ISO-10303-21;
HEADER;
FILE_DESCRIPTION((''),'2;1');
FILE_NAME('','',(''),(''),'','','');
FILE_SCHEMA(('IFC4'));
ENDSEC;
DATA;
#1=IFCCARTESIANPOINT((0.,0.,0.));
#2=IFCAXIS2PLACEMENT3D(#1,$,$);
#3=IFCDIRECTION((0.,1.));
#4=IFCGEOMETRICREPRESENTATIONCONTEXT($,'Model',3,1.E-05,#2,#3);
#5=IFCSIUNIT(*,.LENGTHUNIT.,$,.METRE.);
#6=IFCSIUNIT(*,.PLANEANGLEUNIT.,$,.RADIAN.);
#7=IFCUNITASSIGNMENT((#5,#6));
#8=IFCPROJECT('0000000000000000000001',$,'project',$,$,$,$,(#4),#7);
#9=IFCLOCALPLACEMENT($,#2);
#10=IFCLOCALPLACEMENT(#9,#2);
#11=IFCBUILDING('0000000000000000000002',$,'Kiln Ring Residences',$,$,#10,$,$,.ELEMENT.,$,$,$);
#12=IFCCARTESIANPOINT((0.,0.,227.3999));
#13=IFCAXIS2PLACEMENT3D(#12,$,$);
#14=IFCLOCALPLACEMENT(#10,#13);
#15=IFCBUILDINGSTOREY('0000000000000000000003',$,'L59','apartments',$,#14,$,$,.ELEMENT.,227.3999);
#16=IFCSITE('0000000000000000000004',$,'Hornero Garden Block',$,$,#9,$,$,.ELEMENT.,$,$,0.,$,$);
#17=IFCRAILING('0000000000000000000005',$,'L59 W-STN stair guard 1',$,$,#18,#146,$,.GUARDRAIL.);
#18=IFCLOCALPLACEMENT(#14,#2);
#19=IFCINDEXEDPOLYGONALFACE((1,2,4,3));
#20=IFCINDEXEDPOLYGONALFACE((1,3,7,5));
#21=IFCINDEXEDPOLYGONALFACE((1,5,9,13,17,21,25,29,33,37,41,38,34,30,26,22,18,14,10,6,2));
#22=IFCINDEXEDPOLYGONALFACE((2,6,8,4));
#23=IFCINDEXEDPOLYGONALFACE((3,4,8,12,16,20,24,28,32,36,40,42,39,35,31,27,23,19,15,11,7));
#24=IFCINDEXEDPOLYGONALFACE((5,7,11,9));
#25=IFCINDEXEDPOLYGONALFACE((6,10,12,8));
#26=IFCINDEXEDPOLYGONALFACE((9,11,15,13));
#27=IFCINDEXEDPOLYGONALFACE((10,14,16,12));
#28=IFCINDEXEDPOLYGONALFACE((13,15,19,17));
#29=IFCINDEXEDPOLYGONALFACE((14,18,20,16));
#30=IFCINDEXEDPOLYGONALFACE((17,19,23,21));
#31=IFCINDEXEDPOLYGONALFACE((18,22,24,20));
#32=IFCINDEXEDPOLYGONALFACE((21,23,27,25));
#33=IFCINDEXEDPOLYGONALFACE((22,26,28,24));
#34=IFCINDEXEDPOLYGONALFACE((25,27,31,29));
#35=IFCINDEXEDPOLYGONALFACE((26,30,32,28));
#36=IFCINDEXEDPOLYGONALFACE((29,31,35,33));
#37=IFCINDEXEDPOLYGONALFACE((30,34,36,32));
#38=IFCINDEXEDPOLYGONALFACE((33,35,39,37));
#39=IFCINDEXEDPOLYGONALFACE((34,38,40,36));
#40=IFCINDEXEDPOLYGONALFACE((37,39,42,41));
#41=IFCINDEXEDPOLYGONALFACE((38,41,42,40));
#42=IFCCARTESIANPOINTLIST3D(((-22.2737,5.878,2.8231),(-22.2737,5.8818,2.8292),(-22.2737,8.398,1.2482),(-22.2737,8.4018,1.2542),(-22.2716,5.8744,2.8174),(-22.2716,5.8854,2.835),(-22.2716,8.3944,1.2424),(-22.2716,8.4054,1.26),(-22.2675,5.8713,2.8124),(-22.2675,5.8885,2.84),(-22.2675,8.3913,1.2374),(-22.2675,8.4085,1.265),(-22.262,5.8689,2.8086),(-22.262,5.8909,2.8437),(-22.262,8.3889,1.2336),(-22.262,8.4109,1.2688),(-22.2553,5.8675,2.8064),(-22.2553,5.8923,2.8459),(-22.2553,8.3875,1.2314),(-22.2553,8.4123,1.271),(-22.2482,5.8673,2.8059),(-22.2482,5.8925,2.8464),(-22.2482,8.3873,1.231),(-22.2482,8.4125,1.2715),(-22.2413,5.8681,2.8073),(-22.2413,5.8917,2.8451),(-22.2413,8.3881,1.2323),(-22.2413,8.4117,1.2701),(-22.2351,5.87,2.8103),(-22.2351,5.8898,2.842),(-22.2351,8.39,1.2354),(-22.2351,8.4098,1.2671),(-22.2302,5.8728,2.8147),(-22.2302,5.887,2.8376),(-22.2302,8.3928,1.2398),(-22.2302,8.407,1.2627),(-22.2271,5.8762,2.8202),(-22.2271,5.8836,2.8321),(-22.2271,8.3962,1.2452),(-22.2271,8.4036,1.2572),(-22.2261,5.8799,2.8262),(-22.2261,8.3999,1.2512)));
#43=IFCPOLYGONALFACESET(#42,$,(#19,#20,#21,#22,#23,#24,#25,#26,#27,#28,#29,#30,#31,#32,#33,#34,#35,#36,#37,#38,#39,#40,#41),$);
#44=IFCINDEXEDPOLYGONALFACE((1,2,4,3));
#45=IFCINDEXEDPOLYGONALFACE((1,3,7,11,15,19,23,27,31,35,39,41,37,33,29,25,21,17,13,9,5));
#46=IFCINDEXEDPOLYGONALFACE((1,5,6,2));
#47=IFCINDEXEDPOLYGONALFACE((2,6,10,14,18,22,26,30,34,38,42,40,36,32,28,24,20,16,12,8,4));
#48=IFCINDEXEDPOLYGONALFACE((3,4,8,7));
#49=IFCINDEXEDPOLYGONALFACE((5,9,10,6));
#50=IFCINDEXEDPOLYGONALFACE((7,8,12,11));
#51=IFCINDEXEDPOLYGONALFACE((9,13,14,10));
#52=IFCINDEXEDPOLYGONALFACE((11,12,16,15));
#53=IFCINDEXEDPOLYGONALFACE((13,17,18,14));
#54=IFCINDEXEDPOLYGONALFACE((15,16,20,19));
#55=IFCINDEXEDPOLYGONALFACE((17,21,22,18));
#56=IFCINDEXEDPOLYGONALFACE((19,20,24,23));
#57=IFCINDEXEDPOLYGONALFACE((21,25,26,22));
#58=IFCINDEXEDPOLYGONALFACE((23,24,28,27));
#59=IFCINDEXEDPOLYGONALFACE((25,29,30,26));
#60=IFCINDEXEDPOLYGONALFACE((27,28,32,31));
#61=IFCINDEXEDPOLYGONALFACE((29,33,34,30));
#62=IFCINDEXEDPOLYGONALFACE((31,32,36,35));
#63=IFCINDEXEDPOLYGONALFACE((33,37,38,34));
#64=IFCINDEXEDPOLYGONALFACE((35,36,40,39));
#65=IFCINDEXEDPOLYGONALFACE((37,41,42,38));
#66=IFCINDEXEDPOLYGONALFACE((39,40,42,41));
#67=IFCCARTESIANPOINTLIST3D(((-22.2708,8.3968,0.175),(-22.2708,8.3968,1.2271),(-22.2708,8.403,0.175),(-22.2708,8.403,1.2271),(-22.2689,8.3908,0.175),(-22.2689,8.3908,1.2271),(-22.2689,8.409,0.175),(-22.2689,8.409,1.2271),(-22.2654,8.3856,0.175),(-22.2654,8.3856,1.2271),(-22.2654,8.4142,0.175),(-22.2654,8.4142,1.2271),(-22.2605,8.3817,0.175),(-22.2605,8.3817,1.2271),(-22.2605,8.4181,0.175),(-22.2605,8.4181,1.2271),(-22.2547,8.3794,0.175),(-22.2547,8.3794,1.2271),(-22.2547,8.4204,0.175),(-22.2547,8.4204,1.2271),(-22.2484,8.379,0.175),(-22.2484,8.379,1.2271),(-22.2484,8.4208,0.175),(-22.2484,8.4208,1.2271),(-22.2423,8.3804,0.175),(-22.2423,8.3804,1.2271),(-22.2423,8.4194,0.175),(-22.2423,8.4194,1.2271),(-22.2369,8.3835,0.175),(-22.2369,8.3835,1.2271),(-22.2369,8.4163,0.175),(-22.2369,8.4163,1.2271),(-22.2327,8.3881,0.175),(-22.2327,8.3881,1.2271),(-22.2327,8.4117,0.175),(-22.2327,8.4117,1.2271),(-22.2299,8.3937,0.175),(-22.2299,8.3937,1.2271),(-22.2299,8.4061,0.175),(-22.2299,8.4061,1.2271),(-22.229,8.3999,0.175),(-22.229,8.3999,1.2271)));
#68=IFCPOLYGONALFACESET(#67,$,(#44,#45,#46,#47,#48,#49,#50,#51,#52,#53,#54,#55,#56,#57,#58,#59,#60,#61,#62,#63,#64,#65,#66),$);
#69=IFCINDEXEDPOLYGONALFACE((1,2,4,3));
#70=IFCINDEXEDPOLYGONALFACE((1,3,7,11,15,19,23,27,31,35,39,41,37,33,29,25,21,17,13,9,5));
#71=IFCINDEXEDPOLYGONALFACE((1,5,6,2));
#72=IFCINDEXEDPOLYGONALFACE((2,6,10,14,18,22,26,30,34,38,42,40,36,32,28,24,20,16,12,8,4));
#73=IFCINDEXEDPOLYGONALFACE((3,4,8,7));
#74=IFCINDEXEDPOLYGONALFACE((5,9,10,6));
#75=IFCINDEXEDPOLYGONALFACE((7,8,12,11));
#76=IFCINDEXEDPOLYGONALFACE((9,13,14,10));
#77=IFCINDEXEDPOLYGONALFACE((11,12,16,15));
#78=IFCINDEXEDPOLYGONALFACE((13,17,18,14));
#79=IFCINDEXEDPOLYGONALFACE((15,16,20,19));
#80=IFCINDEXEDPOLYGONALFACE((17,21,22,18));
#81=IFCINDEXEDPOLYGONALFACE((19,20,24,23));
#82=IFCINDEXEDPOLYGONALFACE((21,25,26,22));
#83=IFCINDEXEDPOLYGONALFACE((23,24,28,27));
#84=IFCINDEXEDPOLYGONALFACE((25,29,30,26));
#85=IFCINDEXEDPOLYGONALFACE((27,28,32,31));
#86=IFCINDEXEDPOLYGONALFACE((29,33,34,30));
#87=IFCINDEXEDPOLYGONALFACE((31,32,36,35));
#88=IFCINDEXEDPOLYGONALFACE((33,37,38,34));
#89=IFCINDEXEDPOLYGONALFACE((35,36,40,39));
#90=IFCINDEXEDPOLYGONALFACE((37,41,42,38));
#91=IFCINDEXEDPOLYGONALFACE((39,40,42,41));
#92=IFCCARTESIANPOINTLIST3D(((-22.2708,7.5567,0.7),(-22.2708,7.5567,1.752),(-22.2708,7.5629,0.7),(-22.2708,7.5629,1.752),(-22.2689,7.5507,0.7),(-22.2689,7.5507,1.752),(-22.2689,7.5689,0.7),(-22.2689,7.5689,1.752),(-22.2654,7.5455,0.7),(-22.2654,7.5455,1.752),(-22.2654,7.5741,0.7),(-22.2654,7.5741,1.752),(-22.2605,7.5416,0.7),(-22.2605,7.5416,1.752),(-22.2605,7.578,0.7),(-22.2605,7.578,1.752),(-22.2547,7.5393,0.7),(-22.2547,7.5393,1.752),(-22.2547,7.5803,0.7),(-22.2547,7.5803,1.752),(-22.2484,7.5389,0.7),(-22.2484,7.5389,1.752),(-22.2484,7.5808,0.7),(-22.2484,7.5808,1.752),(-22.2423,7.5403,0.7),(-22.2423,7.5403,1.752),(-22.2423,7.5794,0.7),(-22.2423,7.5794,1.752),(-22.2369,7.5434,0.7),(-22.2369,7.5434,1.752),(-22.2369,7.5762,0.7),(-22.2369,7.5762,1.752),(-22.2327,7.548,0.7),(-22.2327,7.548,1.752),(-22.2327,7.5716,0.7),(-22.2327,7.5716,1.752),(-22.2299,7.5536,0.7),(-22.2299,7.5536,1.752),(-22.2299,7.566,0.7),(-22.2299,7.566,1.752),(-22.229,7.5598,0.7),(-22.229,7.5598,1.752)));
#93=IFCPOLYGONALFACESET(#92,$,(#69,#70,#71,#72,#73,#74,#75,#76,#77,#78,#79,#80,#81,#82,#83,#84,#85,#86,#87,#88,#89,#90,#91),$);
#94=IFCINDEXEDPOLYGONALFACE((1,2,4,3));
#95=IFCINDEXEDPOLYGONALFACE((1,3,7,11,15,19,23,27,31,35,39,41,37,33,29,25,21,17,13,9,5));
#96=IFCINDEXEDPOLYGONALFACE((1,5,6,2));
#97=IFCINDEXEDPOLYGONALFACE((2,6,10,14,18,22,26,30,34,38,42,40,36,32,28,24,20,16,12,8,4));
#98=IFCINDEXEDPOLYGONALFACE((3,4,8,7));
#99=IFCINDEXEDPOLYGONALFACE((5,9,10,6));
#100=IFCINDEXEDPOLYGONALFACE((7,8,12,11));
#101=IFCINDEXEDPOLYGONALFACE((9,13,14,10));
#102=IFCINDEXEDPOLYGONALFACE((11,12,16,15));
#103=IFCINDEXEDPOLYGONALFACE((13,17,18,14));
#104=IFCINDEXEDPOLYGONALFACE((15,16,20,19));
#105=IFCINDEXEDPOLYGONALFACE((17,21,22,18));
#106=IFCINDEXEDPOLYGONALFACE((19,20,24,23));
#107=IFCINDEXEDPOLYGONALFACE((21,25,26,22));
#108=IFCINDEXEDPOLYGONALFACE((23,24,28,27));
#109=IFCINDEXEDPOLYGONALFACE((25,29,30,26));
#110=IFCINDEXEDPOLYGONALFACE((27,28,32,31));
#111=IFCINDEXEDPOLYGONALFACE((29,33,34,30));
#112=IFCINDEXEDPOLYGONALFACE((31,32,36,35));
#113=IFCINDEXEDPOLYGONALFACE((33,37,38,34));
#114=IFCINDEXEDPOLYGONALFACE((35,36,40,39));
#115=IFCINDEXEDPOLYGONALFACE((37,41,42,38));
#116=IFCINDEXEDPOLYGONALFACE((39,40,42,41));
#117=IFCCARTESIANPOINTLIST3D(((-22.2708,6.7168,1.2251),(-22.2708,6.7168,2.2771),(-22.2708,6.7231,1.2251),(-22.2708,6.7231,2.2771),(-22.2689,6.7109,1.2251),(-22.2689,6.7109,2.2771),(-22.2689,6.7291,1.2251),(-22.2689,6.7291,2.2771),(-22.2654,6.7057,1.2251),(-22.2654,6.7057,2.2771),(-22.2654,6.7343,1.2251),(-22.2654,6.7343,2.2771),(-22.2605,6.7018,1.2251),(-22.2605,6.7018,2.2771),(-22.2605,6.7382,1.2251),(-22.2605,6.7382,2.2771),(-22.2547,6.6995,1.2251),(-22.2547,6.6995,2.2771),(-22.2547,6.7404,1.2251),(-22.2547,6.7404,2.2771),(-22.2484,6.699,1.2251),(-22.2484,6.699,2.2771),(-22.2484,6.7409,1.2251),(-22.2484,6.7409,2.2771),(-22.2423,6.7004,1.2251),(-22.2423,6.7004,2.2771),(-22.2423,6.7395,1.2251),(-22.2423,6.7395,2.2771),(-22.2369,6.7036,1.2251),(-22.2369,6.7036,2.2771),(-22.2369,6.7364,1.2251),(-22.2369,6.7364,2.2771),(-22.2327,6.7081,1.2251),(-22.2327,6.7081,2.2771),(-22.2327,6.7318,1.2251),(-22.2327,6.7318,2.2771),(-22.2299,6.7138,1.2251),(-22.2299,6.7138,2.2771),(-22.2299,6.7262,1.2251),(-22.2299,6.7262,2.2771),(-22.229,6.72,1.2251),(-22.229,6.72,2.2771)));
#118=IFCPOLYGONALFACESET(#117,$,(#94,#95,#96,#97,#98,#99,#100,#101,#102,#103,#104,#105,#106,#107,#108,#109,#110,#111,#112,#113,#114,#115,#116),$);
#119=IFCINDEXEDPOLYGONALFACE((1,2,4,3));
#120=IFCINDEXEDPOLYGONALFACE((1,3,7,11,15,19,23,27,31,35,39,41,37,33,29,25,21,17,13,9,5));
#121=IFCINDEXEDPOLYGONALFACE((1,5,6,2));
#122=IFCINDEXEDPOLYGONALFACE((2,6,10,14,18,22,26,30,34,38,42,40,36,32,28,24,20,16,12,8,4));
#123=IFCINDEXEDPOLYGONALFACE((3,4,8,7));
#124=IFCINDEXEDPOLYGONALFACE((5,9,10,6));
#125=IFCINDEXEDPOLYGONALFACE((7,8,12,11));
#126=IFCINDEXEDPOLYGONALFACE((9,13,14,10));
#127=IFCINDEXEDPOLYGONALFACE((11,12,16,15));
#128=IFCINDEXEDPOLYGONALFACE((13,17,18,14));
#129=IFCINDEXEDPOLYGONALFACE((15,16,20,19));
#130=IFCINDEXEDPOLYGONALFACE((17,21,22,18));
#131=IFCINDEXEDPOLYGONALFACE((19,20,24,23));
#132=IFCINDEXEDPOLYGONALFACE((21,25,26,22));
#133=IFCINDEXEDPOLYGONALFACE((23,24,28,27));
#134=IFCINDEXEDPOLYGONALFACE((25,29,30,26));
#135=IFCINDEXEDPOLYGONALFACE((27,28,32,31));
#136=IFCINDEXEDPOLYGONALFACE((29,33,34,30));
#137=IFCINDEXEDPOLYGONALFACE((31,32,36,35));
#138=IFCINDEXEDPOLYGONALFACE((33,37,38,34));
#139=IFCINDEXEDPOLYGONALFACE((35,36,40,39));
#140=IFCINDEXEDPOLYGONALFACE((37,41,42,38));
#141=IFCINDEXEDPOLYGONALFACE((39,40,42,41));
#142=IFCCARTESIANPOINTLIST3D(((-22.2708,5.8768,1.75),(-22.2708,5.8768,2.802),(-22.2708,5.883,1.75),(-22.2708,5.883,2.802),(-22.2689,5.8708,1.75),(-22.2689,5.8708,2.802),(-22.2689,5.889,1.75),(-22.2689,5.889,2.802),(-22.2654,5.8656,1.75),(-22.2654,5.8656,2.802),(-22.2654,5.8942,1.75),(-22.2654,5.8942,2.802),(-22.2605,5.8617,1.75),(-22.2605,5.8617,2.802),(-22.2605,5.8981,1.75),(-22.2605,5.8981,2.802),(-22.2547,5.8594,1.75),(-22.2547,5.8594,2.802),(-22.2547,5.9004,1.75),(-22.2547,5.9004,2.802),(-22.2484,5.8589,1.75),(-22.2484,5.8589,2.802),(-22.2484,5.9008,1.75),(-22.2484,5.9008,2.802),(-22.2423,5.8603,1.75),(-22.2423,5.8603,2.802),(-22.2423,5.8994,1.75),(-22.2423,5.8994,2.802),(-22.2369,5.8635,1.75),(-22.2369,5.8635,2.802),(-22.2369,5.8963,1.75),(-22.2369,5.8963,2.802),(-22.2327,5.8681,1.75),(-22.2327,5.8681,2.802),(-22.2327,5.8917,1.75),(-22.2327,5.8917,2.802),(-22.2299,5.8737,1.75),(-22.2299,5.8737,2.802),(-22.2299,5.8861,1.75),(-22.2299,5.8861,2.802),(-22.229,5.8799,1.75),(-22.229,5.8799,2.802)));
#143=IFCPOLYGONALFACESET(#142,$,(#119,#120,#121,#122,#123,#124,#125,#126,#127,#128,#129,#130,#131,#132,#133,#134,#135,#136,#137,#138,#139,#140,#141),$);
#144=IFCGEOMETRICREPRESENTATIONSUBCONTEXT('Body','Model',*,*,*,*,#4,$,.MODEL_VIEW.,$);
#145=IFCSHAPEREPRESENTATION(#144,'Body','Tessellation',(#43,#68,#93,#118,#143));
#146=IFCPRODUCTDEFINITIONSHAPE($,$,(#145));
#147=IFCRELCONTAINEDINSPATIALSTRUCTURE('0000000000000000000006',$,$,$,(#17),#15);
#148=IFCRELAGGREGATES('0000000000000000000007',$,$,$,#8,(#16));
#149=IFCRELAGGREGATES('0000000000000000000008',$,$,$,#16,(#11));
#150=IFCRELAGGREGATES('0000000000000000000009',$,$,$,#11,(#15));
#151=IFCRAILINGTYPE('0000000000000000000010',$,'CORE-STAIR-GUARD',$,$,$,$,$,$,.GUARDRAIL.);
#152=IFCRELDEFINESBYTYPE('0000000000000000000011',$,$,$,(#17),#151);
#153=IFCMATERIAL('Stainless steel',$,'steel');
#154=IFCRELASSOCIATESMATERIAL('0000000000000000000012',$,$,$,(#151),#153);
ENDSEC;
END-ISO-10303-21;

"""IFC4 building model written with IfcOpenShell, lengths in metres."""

from ifc_helpers import new_model, si_unit, direction, frame, origin, origin_2d, place, context, subcontext, project, spatial, circle, extrude, material, type_object, element, save


model = new_model("IFC4")

# Units and contexts
model_context = context("Model", 3, precision=1e-05, world=origin(), true_north=direction((0.0, 1.0)))
body_context = subcontext(model_context, "Body", "Model", "MODEL_VIEW")
ifc_project = project(units=[si_unit("LENGTHUNIT", "METRE"), si_unit("PLANEANGLEUNIT", "RADIAN")], contexts=[model_context])

# Site, building, storey
site_placement = place(None, origin())
site = spatial("IfcSite", under=ifc_project, at=site_placement, Name="Hornero Garden Block", CompositionType="ELEMENT", RefElevation=0.0)
building_placement = place(site_placement, origin())
building = spatial("IfcBuilding", under=site, at=building_placement, Name="Kiln Ring Residences", CompositionType="ELEMENT")
storey_placement = place(building_placement, frame((0.0, 0.0, 227.3999)))
storey = spatial("IfcBuildingStorey", under=building, at=storey_placement, Name="L59", Description="apartments", CompositionType="ELEMENT", Elevation=227.3999)

# Railing
ifc_material_1 = material(Name="Stainless steel", Category="steel")
railing_type = type_object("IfcRailingType", Name="CORE-STAIR-GUARD", PredefinedType="GUARDRAIL", material=ifc_material_1)
railing_1_placement = place(storey_placement, frame((-22.25, 8.3999, 0.175)))
element("IfcRailing", 1, at=railing_1_placement, inside=storey, type_object=railing_type, Name="L59 W-STN stair guard 1", PredefinedType="GUARDRAIL", context=body_context, shape_type="SweptSolid", body=[
    extrude(circle(Radius=0.0239, at=origin_2d()), frame((0.0, 0.0, 1.0762), z_axis=(0.0, -0.848008, 0.529984), x_axis=(1.0, 0.0, 0.0)), (0.0, 0.0, 1.0), 2.9717),
    extrude(circle(Radius=0.021, at=origin_2d()), origin(), (0.0, 0.0, 1.0), 1.052),
    extrude(circle(Radius=0.021, at=origin_2d()), frame((0.0, -0.8401, 0.5249)), (0.0, 0.0, 1.0), 1.052),
    extrude(circle(Radius=0.021, at=origin_2d()), frame((0.0, -1.6799, 1.05)), (0.0, 0.0, 1.0), 1.052),
    extrude(circle(Radius=0.021, at=origin_2d()), frame((0.0, -2.52, 1.575)), (0.0, 0.0, 1.0), 1.052),
])

save(model, "model.ifc")
